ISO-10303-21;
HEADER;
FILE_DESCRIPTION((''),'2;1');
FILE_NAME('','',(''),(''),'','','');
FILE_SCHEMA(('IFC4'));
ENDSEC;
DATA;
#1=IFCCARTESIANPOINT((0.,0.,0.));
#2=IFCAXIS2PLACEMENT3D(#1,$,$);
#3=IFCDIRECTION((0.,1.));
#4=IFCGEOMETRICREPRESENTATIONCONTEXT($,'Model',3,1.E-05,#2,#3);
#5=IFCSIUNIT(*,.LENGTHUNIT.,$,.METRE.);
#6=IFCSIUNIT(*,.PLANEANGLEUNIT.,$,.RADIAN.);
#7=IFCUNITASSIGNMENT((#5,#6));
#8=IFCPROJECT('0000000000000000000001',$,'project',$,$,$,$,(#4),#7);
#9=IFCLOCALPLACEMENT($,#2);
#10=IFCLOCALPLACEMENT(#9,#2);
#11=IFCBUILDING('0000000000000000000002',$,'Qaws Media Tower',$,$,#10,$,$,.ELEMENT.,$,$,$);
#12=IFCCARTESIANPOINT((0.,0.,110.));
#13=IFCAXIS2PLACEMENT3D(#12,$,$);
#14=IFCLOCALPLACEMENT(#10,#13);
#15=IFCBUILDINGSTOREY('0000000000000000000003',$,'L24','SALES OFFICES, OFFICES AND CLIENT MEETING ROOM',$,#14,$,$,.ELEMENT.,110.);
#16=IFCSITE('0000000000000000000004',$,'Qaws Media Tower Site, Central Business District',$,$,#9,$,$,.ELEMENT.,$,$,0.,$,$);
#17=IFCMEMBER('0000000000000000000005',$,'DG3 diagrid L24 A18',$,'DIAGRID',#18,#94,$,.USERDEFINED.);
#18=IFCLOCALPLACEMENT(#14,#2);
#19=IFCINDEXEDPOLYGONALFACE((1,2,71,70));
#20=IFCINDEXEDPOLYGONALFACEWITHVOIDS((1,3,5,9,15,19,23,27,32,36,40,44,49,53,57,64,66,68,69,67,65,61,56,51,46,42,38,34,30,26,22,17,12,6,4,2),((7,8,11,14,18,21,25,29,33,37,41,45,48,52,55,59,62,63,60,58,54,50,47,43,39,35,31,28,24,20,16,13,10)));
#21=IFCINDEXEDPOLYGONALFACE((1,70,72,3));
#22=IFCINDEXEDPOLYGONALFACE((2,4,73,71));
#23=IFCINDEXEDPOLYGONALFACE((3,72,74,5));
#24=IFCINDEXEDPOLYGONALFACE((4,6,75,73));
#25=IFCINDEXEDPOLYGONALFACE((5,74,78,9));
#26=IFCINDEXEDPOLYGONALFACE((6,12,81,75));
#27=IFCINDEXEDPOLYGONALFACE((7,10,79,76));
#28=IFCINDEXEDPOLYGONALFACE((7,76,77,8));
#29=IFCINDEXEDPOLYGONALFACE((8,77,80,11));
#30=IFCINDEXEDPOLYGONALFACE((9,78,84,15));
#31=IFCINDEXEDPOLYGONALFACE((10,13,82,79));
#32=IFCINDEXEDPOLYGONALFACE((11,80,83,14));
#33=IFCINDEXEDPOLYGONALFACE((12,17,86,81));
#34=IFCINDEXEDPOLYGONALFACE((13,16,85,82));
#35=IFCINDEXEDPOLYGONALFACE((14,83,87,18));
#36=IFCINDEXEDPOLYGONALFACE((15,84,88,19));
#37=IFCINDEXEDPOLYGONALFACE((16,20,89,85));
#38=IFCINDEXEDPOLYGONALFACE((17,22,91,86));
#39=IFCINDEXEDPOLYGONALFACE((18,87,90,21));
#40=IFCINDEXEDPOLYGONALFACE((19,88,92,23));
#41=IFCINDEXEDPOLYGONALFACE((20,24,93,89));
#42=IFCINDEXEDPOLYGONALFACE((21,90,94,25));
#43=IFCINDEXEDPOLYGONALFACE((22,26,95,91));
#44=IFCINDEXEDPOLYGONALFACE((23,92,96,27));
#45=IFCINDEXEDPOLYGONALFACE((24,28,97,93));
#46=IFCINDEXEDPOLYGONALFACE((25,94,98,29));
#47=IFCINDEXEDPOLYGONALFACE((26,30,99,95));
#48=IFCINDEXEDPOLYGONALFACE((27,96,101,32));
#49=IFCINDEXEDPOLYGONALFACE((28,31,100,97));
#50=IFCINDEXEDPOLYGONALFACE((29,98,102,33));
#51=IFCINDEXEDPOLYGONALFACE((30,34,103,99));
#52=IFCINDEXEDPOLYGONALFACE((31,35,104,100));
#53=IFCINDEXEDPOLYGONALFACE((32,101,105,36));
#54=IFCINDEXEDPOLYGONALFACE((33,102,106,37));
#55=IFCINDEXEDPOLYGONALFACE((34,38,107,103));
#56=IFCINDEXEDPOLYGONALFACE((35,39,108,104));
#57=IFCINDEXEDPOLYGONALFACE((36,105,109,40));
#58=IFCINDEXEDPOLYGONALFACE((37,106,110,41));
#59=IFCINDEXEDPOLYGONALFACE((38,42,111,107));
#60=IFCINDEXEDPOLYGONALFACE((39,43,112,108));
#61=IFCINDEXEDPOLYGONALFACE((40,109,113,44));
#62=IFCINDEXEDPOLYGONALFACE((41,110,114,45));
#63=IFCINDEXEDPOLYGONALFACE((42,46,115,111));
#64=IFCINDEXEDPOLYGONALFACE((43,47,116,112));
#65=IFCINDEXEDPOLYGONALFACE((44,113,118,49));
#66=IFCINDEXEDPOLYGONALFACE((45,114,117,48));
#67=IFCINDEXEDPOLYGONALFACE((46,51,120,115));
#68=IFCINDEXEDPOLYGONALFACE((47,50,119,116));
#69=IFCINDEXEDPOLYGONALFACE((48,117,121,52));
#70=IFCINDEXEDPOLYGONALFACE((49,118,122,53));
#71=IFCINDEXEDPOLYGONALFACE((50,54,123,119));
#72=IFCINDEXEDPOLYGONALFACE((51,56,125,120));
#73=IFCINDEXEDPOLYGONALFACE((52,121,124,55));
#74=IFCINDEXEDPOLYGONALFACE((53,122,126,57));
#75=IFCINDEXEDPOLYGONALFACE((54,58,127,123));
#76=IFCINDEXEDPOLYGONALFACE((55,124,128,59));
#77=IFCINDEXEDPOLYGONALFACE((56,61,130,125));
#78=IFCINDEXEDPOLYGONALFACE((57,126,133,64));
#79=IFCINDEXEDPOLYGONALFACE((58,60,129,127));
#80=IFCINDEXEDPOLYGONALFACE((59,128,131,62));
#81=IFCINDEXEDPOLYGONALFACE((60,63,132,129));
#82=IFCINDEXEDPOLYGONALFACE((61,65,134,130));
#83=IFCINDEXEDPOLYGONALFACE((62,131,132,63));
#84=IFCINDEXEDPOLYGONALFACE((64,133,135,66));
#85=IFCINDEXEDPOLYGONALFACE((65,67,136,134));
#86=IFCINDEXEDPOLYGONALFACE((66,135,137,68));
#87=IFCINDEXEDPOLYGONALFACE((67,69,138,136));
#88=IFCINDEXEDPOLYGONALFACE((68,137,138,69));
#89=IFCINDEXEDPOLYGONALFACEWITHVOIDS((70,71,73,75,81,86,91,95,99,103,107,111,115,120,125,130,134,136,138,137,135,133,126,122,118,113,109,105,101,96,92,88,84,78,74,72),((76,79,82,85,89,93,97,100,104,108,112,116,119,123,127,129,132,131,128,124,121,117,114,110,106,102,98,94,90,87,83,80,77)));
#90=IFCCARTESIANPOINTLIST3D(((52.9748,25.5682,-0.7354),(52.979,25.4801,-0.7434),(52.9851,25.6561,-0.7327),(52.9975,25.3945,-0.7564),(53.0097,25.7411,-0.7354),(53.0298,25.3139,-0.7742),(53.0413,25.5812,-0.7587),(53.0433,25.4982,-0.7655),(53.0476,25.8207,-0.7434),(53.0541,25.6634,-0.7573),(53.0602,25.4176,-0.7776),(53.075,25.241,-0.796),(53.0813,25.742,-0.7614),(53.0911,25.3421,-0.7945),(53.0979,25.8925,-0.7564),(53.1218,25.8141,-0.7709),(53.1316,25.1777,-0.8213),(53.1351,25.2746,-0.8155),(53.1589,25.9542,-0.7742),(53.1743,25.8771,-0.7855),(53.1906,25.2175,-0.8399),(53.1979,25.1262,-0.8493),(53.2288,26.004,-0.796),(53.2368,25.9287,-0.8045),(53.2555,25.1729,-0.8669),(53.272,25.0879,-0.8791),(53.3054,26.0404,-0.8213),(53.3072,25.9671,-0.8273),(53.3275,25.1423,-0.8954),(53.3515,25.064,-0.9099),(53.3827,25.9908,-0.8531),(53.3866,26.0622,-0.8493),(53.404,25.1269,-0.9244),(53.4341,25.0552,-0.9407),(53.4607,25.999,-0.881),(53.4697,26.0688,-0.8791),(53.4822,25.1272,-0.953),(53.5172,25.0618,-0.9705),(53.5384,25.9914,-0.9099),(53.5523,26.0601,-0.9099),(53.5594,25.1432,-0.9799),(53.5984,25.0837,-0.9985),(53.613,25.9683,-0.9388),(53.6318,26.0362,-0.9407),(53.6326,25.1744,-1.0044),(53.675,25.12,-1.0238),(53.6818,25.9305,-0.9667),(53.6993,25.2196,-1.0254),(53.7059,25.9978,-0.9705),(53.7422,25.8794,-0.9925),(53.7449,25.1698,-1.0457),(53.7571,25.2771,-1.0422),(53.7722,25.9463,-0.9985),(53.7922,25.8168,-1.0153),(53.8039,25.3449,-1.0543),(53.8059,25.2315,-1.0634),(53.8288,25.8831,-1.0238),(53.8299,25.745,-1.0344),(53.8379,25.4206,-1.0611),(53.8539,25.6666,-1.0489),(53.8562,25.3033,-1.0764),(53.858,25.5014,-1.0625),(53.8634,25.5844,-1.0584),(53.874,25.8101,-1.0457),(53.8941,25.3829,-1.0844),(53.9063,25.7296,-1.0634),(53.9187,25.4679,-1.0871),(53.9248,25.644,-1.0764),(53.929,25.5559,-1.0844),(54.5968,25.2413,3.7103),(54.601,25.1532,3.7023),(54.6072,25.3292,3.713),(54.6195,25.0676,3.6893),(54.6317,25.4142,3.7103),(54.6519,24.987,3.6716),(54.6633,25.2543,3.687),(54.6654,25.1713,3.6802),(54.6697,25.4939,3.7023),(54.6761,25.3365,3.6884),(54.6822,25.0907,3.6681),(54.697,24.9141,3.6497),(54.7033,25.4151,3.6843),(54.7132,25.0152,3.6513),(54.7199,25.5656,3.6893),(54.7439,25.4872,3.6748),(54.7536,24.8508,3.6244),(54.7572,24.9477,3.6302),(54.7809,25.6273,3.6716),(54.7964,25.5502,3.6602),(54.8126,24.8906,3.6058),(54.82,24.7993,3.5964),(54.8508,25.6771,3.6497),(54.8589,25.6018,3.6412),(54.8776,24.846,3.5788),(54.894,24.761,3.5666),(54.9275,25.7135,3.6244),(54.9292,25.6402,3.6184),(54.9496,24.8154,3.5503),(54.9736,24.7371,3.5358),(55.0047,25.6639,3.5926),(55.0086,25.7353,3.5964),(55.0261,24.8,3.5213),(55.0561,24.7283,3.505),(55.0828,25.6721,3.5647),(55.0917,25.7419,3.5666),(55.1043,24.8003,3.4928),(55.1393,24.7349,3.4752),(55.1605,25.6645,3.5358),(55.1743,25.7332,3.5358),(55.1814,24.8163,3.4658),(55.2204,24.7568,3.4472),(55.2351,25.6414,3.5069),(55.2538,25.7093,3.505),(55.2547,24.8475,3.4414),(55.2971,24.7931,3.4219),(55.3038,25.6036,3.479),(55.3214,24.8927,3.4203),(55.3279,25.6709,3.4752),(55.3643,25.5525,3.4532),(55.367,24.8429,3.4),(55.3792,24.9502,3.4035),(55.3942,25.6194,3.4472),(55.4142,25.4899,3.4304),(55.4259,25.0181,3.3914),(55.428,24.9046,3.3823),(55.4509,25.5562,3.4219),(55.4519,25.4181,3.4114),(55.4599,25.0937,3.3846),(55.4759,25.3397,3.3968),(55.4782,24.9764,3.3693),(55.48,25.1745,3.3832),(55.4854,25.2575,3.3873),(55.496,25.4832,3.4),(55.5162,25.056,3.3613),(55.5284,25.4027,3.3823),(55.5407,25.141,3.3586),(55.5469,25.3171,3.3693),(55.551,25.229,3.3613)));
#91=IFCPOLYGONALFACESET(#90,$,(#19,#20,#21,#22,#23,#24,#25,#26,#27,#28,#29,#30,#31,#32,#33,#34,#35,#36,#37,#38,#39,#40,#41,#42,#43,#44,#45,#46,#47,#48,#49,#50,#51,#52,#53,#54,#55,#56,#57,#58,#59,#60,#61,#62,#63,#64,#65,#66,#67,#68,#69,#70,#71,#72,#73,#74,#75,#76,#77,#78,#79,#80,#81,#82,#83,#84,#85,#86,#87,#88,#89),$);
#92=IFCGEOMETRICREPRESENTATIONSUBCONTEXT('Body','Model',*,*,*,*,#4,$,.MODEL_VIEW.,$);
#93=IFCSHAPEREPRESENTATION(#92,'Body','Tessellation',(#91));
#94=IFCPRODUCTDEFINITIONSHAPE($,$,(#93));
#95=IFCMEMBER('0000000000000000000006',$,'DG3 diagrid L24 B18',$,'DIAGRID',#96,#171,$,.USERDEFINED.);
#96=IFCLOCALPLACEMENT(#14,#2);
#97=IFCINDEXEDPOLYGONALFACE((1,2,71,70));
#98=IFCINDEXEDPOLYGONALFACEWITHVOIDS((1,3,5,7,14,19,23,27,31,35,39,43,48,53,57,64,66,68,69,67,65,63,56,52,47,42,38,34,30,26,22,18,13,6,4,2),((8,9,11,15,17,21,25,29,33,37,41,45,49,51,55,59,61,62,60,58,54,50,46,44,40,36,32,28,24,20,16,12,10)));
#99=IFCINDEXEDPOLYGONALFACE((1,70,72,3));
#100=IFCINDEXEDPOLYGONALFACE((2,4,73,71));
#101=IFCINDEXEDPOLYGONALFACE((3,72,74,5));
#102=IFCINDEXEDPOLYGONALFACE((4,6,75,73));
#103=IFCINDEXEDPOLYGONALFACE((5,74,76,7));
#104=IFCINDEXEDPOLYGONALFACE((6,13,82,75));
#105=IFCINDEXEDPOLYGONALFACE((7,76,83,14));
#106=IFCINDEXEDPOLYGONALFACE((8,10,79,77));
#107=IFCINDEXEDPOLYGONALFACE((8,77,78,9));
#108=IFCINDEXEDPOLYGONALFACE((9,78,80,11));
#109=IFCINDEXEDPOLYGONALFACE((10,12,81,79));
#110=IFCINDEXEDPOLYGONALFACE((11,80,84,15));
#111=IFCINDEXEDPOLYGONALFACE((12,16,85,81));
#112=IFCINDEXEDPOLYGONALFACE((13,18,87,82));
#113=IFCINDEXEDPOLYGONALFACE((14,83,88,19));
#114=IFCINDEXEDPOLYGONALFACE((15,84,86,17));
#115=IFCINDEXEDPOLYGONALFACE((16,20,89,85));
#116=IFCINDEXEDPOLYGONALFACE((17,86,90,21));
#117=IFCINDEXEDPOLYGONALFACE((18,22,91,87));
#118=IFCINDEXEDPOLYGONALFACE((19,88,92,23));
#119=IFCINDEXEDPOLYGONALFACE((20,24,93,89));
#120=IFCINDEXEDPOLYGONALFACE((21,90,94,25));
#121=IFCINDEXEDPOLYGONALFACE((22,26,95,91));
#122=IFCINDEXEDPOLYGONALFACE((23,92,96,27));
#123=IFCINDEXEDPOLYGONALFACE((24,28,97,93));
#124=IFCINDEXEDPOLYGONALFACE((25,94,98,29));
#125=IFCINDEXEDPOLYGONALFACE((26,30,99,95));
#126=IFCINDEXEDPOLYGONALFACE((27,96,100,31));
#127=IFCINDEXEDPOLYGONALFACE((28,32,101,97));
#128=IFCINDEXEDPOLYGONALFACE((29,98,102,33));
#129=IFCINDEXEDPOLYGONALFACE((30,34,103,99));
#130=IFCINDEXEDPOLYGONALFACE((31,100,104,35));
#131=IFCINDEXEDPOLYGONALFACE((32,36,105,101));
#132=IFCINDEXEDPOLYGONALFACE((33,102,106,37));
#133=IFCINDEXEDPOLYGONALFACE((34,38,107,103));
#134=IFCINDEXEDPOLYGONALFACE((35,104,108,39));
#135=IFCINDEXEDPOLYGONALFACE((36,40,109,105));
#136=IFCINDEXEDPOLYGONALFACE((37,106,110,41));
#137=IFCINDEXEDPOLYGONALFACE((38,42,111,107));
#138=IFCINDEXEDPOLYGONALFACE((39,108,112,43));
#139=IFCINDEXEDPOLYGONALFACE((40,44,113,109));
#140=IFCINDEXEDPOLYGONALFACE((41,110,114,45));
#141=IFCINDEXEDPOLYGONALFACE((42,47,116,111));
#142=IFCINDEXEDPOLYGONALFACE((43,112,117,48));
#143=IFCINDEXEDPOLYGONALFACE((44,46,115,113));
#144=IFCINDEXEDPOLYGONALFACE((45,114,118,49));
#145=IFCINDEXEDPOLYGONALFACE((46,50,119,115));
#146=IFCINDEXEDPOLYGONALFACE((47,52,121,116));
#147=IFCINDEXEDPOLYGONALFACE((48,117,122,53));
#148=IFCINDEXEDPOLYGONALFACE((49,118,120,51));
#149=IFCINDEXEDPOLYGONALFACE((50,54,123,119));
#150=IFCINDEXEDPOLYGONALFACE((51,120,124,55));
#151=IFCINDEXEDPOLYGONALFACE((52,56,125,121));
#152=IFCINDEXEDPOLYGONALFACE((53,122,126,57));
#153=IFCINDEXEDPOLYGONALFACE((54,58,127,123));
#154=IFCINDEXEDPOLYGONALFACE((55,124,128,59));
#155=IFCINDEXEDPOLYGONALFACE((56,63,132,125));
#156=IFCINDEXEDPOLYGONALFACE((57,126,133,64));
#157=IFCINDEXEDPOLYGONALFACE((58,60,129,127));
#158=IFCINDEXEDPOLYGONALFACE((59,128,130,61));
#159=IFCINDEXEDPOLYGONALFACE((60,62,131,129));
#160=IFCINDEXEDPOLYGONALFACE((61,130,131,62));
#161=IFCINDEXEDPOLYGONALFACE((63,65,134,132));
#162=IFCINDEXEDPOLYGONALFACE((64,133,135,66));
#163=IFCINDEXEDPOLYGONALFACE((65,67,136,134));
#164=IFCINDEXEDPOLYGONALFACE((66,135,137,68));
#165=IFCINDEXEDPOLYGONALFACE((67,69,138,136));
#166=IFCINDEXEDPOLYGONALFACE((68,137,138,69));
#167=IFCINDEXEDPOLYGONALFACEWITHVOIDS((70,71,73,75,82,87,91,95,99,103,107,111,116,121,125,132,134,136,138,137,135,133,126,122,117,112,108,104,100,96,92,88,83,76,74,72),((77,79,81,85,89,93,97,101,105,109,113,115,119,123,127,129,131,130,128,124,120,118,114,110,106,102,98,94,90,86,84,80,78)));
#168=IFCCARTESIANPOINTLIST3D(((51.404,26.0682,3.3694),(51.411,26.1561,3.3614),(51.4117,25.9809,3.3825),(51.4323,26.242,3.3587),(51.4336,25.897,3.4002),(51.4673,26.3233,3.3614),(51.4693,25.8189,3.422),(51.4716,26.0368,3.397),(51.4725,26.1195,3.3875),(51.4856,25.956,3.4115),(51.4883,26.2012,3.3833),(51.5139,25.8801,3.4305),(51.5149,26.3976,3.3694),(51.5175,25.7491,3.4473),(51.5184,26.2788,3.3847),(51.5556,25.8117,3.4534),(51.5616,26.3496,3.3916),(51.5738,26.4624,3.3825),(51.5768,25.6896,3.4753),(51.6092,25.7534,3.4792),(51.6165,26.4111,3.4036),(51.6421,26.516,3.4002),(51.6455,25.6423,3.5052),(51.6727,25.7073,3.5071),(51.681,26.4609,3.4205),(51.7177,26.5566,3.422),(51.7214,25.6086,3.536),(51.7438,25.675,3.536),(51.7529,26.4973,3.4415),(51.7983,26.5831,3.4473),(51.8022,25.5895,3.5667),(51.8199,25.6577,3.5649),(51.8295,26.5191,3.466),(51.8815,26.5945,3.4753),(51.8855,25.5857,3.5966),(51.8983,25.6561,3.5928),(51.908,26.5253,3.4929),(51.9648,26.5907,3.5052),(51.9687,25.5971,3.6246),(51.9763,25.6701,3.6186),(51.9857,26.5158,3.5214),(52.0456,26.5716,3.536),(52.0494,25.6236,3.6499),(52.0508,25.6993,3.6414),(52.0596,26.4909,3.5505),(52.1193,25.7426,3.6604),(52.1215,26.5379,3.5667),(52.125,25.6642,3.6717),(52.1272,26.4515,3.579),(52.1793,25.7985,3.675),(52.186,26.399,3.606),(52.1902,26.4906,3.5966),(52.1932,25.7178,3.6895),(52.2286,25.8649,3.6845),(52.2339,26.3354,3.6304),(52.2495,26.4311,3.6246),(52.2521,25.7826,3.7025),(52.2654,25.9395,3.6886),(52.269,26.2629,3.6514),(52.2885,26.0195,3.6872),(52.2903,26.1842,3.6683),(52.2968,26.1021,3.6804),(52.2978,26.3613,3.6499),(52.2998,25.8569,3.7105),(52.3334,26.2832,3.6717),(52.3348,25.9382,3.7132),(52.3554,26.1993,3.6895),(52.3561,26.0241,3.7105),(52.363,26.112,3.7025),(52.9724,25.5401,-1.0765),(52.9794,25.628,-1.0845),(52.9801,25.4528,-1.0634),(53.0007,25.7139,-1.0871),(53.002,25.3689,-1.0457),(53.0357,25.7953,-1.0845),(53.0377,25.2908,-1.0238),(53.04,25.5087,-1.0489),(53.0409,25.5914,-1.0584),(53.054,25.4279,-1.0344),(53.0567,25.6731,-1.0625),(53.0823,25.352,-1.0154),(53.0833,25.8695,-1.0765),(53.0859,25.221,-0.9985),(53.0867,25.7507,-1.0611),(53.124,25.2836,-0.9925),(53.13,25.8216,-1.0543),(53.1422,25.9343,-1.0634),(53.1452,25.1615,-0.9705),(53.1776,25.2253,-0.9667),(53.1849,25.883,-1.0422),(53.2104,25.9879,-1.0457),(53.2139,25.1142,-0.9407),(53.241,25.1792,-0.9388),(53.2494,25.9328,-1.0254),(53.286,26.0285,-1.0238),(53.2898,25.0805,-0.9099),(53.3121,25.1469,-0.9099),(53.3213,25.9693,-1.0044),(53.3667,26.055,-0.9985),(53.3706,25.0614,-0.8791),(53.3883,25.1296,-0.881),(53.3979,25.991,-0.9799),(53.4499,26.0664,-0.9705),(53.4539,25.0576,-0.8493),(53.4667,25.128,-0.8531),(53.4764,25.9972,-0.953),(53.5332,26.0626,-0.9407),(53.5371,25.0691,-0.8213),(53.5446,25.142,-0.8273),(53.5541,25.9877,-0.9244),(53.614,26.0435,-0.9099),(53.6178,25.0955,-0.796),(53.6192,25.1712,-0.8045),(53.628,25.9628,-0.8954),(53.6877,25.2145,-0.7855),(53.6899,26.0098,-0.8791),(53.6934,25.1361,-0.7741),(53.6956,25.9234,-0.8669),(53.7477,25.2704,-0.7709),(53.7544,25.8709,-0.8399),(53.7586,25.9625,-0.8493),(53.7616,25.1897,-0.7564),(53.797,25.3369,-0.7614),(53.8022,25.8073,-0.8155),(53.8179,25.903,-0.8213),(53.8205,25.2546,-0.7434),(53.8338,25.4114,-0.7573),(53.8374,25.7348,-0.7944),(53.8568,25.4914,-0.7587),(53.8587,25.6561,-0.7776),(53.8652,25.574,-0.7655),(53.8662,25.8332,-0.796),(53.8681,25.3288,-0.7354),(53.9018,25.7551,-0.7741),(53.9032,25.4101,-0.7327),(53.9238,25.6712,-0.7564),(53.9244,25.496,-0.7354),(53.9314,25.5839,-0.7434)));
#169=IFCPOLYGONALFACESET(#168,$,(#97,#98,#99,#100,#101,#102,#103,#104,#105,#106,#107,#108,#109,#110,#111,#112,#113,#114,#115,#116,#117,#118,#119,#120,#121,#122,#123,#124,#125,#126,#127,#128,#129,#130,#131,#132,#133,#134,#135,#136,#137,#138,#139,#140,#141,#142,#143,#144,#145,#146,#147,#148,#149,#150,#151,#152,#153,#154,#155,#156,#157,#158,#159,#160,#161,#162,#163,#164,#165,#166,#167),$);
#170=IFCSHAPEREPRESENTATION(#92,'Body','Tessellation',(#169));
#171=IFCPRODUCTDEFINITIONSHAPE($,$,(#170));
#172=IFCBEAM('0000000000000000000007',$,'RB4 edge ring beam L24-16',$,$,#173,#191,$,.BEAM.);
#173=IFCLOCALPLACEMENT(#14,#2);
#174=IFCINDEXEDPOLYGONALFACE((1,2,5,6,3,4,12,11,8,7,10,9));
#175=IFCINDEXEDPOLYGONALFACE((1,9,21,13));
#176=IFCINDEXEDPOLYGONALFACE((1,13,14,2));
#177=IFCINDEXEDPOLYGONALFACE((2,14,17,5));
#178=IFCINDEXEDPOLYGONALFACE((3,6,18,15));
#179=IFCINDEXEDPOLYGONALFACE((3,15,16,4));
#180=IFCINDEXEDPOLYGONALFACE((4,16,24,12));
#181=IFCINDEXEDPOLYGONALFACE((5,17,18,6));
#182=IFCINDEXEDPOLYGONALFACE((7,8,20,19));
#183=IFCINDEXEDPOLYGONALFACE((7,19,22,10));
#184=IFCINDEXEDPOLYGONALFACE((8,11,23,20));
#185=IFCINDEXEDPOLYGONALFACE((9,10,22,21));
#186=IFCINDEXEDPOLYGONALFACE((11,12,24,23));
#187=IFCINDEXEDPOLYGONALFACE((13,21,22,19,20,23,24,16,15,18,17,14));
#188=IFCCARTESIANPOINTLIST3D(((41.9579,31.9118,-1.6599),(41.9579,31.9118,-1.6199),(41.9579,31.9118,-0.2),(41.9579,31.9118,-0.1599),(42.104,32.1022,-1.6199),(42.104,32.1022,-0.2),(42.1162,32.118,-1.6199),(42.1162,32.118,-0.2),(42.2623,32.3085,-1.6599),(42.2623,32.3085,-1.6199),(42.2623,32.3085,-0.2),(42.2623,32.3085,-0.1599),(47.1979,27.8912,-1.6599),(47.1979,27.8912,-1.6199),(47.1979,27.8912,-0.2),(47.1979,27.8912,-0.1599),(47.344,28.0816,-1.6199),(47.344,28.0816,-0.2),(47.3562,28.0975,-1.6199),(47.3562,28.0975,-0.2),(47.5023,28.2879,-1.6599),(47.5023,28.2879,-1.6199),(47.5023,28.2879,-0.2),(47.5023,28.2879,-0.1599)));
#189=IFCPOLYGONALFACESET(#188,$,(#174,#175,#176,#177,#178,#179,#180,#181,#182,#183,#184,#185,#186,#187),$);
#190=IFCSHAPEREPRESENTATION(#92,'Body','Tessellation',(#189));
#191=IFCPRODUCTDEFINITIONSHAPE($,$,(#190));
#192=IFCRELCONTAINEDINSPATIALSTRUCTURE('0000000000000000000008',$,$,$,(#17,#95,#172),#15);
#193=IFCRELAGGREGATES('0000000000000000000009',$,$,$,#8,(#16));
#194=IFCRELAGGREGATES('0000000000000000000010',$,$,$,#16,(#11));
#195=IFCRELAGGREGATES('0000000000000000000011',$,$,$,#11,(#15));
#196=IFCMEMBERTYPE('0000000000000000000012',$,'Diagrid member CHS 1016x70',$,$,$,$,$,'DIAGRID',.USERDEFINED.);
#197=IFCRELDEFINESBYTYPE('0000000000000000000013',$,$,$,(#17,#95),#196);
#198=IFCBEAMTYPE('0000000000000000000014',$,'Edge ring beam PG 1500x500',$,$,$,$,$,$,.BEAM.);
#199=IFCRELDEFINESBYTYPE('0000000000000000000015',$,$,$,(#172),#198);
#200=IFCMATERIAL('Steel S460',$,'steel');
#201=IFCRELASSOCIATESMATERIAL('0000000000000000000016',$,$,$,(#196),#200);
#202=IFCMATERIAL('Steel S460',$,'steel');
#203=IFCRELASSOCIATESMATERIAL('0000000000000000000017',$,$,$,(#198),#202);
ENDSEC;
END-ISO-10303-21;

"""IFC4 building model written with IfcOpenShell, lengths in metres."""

from ifc_helpers import new_model, si_unit, direction, frame, origin, origin_2d, place, context, subcontext, project, spatial, hollow_circle, i_section, extrude, material, material_profile, profile_set, type_object, element, save


model = new_model("IFC4")

# Units and contexts
model_context = context("Model", 3, precision=1e-05, world=origin(), true_north=direction((0.0, 1.0)))
body_context = subcontext(model_context, "Body", "Model", "MODEL_VIEW")
ifc_project = project(units=[si_unit("LENGTHUNIT", "METRE"), si_unit("PLANEANGLEUNIT", "RADIAN")], contexts=[model_context])

# Site, building, storey
site_placement = place(None, origin())
site = spatial("IfcSite", under=ifc_project, at=site_placement, Name="Qaws Media Tower Site, Central Business District", CompositionType="ELEMENT", RefElevation=0.0)
building_placement = place(site_placement, origin())
building = spatial("IfcBuilding", under=site, at=building_placement, Name="Qaws Media Tower", CompositionType="ELEMENT")
storey_placement = place(building_placement, frame((0.0, 0.0, 110.0)))
storey = spatial("IfcBuildingStorey", under=building, at=storey_placement, Name="L24", Description="SALES OFFICES, OFFICES AND CLIENT MEETING ROOM", CompositionType="ELEMENT", Elevation=110.0)

# Members
ifc_material_1 = material(Name="Steel S460", Category="steel")
ifc_material_profile_1 = material_profile(ifc_material_1, hollow_circle(Radius=0.5081, WallThickness=0.0701, at=origin_2d()), Name="CHS 1016x70")
ifc_profile_set_1 = profile_set([ifc_material_profile_1], Name="Steel S460")
member_type_1 = type_object("IfcMemberType", Name="Diagrid member CHS 1016x70", ElementType="DIAGRID", PredefinedType="USERDEFINED", material=ifc_profile_set_1)
for number, where, z_axis, x_axis, name in (
    (1, (53.4519, 25.562, -0.9099), (0.341939, -0.068913, 0.937192), (0.197563, 0.98029, 0.0), "DG3 diagrid L24 A18"),
):
    element("IfcMember", number, at=place(storey_placement, frame(where, z_axis=z_axis, x_axis=x_axis)), inside=storey, type_object=member_type_1, Name=name, ObjectType="DIAGRID", PredefinedType="USERDEFINED", context=body_context, shape_type="SweptSolid", body=[
        extrude(hollow_circle(Radius=0.5081, WallThickness=0.0701, at=origin_2d()), origin(), (0.0, 0.0, 1.0), 4.7437),
    ])
member_1_placement = place(storey_placement, frame((53.4519, 25.562, -0.9099), z_axis=(-0.330612, 0.111319, 0.937179), x_axis=(-0.319103, -0.94772, 0.0)))
element("IfcMember", 2, at=member_1_placement, inside=storey, type_object=member_type_1, Name="DG3 diagrid L24 B18", ObjectType="DIAGRID", PredefinedType="USERDEFINED", context=body_context, shape_type="SweptSolid", body=[
    extrude(hollow_circle(Radius=0.5081, WallThickness=0.0701, at=origin_2d()), origin(), (0.0, 0.0, 1.0), 4.7439),
])

# Beam
ifc_material_2 = material(Name="Steel S460", Category="steel")
ifc_material_profile_2 = material_profile(ifc_material_2, i_section(OverallWidth=0.5, OverallDepth=1.5, WebThickness=0.02, FlangeThickness=0.04, at=origin_2d()), Name="PG 1500x500")
ifc_profile_set_2 = profile_set([ifc_material_profile_2], Name="Steel S460")
beam_type = type_object("IfcBeamType", Name="Edge ring beam PG 1500x500", PredefinedType="BEAM", material=ifc_profile_set_2)
beam_placement = place(storey_placement, frame((42.1101, 32.1101, -0.9099), z_axis=(0.793374, -0.608735, 0.0), x_axis=(0.608735, 0.793374, 0.0)))
element("IfcBeam", 3, at=beam_placement, inside=storey, type_object=beam_type, Name="RB4 edge ring beam L24-16", PredefinedType="BEAM", context=body_context, shape_type="SweptSolid", body=[
    extrude(i_section(OverallWidth=0.5, OverallDepth=1.5, WebThickness=0.02, FlangeThickness=0.04, at=origin_2d()), origin(), (0.0, 0.0, 1.0), 6.6047),
])

save(model, "model.ifc")
